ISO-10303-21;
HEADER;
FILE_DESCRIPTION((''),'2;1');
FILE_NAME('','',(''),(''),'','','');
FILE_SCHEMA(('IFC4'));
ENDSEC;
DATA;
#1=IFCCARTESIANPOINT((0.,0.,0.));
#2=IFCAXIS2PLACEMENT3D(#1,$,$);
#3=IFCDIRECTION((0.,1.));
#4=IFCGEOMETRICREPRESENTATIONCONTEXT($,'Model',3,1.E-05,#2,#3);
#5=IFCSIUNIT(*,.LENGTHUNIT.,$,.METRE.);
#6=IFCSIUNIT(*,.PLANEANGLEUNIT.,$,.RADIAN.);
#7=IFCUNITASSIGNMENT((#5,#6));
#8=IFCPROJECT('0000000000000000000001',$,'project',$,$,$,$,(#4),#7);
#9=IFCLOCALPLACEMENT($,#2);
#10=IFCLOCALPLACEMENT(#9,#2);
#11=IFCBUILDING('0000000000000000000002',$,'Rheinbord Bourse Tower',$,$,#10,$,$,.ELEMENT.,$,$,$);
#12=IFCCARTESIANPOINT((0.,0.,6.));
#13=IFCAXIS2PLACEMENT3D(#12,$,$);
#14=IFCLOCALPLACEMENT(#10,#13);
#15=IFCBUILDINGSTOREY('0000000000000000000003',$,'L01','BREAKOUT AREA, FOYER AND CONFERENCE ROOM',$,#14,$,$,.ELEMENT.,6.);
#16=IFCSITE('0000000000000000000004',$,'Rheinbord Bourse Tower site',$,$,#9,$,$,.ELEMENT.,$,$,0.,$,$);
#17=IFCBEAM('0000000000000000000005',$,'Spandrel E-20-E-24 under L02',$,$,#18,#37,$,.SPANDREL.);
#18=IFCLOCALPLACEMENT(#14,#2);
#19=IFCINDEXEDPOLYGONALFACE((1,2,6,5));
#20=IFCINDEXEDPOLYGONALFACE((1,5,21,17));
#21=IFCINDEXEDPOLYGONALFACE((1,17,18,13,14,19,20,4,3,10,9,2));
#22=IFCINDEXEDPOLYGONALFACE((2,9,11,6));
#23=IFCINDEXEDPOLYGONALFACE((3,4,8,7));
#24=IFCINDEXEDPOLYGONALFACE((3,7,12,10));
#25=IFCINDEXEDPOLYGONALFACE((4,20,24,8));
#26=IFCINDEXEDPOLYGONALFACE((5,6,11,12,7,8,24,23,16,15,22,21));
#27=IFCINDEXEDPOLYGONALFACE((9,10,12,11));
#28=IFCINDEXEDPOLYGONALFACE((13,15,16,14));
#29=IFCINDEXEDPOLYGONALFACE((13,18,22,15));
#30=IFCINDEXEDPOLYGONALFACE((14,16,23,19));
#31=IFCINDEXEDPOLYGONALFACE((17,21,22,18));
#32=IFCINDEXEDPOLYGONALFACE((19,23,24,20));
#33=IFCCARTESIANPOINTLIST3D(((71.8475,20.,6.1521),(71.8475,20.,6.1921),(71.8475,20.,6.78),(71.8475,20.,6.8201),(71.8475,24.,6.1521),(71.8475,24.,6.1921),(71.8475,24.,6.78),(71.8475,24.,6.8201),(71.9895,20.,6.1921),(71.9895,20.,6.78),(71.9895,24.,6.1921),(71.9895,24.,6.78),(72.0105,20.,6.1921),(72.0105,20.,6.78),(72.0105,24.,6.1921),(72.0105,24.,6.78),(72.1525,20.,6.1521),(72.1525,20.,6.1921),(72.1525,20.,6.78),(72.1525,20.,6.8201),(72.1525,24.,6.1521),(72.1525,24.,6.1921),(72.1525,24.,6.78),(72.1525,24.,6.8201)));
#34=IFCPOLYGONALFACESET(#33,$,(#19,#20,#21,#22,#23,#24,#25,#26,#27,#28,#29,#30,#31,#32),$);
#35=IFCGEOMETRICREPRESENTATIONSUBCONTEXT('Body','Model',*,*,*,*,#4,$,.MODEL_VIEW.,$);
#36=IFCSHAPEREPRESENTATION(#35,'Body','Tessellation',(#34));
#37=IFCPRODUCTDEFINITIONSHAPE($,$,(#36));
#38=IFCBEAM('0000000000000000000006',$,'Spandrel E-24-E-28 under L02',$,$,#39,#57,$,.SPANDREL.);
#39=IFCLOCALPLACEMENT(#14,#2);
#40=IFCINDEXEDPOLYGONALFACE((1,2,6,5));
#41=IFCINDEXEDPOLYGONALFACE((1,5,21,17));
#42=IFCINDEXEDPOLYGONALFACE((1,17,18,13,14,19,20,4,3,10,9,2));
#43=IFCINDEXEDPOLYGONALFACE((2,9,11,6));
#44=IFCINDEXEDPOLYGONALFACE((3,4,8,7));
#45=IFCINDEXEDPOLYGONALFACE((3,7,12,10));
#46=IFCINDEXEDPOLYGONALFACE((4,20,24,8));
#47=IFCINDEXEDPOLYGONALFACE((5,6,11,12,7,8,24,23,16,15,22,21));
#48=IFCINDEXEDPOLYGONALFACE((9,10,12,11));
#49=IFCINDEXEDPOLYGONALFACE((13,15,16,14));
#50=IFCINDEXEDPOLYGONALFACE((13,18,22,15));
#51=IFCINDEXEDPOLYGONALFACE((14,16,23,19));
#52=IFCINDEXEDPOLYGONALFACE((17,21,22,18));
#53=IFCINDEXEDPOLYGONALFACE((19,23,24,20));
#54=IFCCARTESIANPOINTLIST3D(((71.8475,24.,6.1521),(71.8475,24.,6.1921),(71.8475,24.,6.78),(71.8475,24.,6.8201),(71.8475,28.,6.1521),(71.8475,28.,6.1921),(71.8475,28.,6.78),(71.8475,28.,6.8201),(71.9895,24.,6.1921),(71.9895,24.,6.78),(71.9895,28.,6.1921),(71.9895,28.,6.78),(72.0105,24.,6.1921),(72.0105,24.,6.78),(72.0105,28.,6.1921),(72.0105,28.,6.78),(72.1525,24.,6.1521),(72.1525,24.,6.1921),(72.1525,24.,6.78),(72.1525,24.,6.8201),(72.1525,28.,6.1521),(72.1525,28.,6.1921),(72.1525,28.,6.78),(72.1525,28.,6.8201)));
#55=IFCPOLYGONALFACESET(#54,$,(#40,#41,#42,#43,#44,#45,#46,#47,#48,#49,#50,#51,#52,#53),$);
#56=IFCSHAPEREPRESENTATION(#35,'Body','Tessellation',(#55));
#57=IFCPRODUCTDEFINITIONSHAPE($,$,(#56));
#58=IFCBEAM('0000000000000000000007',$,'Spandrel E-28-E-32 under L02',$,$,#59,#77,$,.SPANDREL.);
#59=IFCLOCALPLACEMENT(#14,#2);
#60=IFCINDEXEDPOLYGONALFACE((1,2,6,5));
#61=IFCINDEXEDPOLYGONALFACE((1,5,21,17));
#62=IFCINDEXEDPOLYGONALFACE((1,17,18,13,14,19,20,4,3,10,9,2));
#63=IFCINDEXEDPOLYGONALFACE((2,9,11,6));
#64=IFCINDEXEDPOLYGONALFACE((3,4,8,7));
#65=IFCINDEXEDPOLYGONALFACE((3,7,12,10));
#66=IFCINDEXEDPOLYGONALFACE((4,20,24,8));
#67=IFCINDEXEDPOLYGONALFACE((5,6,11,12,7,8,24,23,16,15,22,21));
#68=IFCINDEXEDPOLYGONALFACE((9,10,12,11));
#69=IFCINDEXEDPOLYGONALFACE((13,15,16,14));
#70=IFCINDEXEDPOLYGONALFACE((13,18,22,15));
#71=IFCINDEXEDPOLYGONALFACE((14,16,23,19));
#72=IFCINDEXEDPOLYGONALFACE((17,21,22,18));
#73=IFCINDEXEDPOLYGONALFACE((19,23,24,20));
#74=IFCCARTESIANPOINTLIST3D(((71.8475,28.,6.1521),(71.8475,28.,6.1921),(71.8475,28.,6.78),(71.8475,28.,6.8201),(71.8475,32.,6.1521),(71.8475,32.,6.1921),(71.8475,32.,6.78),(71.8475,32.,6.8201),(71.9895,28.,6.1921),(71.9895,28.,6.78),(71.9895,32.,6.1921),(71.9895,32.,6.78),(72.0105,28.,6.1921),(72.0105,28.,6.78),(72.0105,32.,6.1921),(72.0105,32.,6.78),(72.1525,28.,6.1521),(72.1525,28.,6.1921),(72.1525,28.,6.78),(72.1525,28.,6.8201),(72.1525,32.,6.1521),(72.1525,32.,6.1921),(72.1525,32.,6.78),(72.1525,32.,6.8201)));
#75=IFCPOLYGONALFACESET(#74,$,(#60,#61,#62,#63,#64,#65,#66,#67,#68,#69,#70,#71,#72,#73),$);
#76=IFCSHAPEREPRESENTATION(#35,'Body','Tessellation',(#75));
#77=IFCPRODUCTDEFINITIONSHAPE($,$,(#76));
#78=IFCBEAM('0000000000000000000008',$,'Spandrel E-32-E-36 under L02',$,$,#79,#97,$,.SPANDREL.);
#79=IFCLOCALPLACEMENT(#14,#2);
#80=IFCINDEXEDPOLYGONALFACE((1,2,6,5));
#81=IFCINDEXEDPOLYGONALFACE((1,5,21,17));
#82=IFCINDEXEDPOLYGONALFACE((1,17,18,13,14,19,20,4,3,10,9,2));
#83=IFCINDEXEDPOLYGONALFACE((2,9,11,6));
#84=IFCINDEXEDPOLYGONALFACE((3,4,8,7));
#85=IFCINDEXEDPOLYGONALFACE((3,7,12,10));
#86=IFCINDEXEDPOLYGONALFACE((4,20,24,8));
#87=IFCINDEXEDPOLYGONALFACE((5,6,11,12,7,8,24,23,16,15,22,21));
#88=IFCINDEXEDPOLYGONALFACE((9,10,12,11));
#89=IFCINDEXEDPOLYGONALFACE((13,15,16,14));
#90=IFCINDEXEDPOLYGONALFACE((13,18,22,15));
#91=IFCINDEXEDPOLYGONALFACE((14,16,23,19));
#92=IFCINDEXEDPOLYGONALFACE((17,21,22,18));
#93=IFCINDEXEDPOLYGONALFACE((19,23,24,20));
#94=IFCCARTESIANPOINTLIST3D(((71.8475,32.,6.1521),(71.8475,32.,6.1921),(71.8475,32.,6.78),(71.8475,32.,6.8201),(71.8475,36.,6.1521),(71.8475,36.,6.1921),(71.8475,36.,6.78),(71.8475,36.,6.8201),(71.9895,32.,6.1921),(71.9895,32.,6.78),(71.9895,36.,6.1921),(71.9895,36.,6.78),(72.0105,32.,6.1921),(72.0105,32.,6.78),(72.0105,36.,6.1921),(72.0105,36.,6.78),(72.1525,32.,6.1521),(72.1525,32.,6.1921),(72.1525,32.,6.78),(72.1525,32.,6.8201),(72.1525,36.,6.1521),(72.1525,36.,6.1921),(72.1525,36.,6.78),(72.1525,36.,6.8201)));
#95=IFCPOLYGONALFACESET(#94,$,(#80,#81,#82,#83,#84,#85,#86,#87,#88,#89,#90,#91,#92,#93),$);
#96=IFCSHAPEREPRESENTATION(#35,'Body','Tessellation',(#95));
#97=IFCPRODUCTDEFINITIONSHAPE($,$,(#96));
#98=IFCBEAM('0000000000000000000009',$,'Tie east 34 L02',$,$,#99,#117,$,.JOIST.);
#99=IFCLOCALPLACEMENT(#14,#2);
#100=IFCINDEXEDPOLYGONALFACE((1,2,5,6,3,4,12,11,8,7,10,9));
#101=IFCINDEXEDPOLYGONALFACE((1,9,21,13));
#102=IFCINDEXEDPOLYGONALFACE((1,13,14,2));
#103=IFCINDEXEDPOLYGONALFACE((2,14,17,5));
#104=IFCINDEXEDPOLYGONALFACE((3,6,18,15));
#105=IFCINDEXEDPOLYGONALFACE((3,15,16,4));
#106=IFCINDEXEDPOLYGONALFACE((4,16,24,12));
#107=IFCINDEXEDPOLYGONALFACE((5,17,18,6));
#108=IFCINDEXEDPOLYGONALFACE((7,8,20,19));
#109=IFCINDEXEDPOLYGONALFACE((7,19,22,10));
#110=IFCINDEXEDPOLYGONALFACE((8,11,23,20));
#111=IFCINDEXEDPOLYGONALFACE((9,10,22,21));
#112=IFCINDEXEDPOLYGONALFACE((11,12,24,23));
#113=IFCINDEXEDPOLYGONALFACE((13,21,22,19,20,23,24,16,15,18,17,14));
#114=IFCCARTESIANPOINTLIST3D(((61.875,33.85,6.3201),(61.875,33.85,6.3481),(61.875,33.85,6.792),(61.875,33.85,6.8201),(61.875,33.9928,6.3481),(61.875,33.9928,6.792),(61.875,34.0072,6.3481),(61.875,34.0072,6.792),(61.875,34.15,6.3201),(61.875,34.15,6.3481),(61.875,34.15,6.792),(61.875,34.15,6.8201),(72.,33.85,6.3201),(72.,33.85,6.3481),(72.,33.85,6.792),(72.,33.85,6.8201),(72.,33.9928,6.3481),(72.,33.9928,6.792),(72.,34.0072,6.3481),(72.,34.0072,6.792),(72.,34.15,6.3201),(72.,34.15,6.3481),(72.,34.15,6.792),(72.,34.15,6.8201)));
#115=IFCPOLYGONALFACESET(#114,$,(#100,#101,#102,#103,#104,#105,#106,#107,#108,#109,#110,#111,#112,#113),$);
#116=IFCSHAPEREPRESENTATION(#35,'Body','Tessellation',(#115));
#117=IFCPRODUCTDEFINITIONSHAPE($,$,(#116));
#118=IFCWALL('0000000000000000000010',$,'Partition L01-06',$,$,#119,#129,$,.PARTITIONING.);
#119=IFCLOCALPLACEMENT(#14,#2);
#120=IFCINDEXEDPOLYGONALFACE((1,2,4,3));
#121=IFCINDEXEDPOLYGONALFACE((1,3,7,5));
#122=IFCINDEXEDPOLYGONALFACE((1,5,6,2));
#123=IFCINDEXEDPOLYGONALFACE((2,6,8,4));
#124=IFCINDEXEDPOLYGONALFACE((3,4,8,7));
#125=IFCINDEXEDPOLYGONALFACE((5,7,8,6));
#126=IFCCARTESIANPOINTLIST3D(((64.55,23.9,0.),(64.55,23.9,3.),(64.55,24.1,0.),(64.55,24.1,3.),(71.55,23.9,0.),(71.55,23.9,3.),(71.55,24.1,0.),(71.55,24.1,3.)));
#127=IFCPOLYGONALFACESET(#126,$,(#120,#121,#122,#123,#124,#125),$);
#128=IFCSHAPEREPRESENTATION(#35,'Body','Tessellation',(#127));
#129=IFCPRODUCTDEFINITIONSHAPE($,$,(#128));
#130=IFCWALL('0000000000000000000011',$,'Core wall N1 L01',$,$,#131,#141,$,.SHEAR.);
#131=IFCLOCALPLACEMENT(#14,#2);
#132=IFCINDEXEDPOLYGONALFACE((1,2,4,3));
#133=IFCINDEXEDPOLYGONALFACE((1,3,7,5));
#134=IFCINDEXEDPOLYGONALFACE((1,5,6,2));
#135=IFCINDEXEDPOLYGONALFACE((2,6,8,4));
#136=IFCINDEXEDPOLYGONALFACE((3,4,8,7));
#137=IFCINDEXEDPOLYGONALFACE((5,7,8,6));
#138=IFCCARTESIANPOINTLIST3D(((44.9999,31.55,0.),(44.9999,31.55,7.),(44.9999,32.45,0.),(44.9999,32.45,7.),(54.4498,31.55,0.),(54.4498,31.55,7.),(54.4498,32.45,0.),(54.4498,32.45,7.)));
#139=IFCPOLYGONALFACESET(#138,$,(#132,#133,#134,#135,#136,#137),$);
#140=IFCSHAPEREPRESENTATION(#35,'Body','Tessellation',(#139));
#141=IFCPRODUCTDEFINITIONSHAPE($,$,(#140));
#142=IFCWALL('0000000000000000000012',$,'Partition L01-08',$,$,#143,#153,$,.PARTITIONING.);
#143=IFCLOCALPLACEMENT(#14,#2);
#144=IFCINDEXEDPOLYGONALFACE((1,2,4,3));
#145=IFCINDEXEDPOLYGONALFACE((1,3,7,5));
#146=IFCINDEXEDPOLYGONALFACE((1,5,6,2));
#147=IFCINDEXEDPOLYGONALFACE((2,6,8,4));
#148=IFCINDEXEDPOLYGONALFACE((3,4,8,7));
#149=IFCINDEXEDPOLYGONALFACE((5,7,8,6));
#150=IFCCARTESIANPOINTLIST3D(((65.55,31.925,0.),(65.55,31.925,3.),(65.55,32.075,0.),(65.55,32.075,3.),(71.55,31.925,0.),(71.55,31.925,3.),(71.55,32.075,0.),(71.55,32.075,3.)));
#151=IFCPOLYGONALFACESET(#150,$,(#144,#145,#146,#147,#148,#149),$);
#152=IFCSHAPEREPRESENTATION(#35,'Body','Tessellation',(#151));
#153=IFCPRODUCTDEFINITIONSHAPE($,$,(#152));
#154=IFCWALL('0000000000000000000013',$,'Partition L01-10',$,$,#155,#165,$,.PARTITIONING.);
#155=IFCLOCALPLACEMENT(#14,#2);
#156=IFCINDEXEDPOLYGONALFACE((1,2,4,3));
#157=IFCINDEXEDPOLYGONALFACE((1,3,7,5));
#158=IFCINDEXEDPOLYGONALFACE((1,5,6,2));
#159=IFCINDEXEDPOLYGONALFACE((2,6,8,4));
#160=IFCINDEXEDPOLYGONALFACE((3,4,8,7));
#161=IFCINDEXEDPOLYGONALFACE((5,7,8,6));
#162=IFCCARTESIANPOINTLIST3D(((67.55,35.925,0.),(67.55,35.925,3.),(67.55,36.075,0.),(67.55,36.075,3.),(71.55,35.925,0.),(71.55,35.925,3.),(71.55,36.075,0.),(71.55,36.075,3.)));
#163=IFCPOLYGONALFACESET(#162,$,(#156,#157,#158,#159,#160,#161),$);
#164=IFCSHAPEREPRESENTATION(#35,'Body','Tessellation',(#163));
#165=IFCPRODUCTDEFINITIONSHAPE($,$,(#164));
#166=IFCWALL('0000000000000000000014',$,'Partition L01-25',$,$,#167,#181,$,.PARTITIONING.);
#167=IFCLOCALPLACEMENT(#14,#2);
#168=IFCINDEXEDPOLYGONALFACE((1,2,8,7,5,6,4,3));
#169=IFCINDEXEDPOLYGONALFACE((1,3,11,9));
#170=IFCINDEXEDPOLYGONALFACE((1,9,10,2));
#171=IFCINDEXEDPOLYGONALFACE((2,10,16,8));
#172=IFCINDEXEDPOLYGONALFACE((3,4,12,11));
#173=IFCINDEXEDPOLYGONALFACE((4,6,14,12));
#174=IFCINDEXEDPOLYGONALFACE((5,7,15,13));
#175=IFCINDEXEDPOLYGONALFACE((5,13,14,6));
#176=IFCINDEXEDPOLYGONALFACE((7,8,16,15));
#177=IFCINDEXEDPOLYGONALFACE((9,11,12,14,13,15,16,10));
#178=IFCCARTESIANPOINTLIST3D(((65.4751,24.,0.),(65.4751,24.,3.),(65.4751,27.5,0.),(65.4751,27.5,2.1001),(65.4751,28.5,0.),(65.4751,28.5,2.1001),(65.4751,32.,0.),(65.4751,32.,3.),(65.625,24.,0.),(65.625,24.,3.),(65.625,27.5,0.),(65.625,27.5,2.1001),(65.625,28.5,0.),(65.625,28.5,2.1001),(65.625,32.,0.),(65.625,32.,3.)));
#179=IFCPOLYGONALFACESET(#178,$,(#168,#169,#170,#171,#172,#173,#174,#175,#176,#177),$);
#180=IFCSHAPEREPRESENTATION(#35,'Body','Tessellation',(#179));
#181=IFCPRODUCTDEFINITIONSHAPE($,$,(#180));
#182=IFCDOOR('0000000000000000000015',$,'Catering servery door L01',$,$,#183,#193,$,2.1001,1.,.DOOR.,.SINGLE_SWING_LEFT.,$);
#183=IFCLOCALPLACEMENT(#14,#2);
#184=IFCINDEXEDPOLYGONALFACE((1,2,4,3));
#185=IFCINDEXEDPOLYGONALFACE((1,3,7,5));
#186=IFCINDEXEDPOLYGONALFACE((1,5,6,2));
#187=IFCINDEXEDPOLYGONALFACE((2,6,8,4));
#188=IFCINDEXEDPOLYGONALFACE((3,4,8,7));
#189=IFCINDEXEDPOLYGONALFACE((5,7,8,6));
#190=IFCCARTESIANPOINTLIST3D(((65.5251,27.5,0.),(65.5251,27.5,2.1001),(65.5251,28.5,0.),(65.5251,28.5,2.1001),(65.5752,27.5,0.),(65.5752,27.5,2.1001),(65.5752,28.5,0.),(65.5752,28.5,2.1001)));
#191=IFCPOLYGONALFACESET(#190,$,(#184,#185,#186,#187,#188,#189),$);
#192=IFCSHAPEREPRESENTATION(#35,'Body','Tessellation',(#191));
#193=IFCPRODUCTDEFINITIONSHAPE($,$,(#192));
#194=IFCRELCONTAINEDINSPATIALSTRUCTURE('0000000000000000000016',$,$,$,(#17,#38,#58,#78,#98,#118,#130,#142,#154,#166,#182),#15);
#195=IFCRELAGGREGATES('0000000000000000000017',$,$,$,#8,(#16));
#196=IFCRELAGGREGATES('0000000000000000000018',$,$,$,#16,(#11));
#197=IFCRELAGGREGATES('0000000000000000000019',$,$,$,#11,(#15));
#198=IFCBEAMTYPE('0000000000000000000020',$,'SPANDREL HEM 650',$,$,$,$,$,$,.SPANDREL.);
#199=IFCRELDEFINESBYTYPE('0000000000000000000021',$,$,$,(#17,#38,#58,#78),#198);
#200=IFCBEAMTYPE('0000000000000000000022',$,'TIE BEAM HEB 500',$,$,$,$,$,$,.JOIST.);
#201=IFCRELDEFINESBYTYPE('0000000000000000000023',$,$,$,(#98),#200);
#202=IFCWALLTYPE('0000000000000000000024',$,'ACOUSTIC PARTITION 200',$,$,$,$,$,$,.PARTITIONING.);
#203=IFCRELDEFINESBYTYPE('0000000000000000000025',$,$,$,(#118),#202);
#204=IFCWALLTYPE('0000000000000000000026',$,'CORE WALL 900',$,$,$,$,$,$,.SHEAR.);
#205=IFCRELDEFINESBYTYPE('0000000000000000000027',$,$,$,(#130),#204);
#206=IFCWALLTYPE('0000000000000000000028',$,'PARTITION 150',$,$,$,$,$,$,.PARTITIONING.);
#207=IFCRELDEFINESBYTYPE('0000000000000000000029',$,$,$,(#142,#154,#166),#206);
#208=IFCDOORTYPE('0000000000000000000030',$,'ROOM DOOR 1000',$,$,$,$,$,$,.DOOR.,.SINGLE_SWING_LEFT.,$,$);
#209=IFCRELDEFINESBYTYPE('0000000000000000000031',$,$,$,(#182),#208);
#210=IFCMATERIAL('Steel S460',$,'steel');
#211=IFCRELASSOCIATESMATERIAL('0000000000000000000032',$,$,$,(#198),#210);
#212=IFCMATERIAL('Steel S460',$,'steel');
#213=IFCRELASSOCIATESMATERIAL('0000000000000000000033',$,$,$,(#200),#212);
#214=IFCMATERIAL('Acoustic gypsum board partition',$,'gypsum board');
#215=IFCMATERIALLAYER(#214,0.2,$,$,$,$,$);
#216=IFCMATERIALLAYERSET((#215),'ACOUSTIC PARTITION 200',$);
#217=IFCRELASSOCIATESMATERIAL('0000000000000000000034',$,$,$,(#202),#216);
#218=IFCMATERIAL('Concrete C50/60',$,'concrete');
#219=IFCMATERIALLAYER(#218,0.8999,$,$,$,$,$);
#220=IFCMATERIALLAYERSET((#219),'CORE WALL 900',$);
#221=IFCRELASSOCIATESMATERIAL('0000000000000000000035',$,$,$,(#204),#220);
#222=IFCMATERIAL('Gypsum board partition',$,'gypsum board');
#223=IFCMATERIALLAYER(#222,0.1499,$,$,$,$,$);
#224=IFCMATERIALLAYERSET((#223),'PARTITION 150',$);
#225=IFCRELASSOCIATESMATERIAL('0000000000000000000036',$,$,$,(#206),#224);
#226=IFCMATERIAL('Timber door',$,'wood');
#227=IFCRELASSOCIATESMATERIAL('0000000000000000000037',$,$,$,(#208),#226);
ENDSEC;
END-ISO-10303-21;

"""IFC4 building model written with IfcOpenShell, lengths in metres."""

from ifc_helpers import new_model, si_unit, direction, frame, frame_2d, origin, origin_2d, place, context, subcontext, project, spatial, rectangle, i_section, extrude, material, layer, layer_set, material_profile, profile_set, type_object, element, fill, save


model = new_model("IFC4")

# Units and contexts
model_context = context("Model", 3, precision=1e-05, world=origin(), true_north=direction((0.0, 1.0)))
body_context = subcontext(model_context, "Body", "Model", "MODEL_VIEW")
ifc_project = project(units=[si_unit("LENGTHUNIT", "METRE"), si_unit("PLANEANGLEUNIT", "RADIAN")], contexts=[model_context])

# Site, building, storey
site_placement = place(None, origin())
site = spatial("IfcSite", under=ifc_project, at=site_placement, Name="Rheinbord Bourse Tower site", CompositionType="ELEMENT", RefElevation=0.0)
building_placement = place(site_placement, origin())
building = spatial("IfcBuilding", under=site, at=building_placement, Name="Rheinbord Bourse Tower", CompositionType="ELEMENT")
storey_placement = place(building_placement, frame((0.0, 0.0, 6.0)))
storey = spatial("IfcBuildingStorey", under=building, at=storey_placement, Name="L01", Description="BREAKOUT AREA, FOYER AND CONFERENCE ROOM", CompositionType="ELEMENT", Elevation=6.0)

# Beams
ifc_material_1 = material(Name="Steel S460", Category="steel")
ifc_material_profile_1 = material_profile(ifc_material_1, i_section(OverallWidth=0.3049, OverallDepth=0.668, WebThickness=0.021, FlangeThickness=0.04, at=origin_2d()), Name="HEM 650")
ifc_profile_set_1 = profile_set([ifc_material_profile_1], Name="Steel S460")
beam_type_1 = type_object("IfcBeamType", Name="SPANDREL HEM 650", PredefinedType="SPANDREL", material=ifc_profile_set_1)
for number, where, z_axis, x_axis, name in (
    (1, (72.0, 20.0, 6.4861), (0.0, 1.0, 0.0), (-1.0, 0.0, 0.0), "Spandrel E-20-E-24 under L02"),
    (2, (72.0, 24.0, 6.4861), (0.0, 1.0, 0.0), (-1.0, 0.0, 0.0), "Spandrel E-24-E-28 under L02"),
    (3, (72.0, 28.0, 6.4861), (0.0, 1.0, 0.0), (-1.0, 0.0, 0.0), "Spandrel E-28-E-32 under L02"),
    (4, (72.0, 32.0, 6.4861), (0.0, 1.0, 0.0), (-1.0, 0.0, 0.0), "Spandrel E-32-E-36 under L02"),
):
    element("IfcBeam", number, at=place(storey_placement, frame(where, z_axis=z_axis, x_axis=x_axis)), inside=storey, type_object=beam_type_1, Name=name, PredefinedType="SPANDREL", context=body_context, shape_type="SweptSolid", body=[
        extrude(i_section(OverallWidth=0.3049, OverallDepth=0.668, WebThickness=0.021, FlangeThickness=0.04, at=origin_2d()), origin(), (0.0, 0.0, 1.0), 4.0),
    ])
ifc_material_2 = material(Name="Steel S460", Category="steel")
ifc_material_profile_2 = material_profile(ifc_material_2, i_section(OverallWidth=0.3, OverallDepth=0.5, WebThickness=0.0144, FlangeThickness=0.0281, at=origin_2d()), Name="HEB 500")
ifc_profile_set_2 = profile_set([ifc_material_profile_2], Name="Steel S460")
beam_type_2 = type_object("IfcBeamType", Name="TIE BEAM HEB 500", PredefinedType="JOIST", material=ifc_profile_set_2)
beam_1_placement = place(storey_placement, frame((61.875, 34.0, 6.5701), z_axis=(1.0, 0.0, 0.0), x_axis=(0.0, 1.0, 0.0)))
element("IfcBeam", 5, at=beam_1_placement, inside=storey, type_object=beam_type_2, Name="Tie east 34 L02", PredefinedType="JOIST", context=body_context, shape_type="SweptSolid", body=[
    extrude(i_section(OverallWidth=0.3, OverallDepth=0.5, WebThickness=0.0144, FlangeThickness=0.0281, at=origin_2d()), origin(), (0.0, 0.0, 1.0), 10.125),
])

# Walls
ifc_material_3 = material(Name="Acoustic gypsum board partition", Category="gypsum board")
ifc_layer_1 = layer(ifc_material_3, 0.2)
ifc_layer_set_1 = layer_set([ifc_layer_1], Name="ACOUSTIC PARTITION 200")
wall_type_1 = type_object("IfcWallType", Name="ACOUSTIC PARTITION 200", PredefinedType="PARTITIONING", material=ifc_layer_set_1)
wall_1_placement = place(storey_placement, frame((64.55, 24.0, 0.0), z_axis=(0.0, 0.0, 1.0), x_axis=(1.0, 0.0, 0.0)))
element("IfcWall", 6, at=wall_1_placement, inside=storey, type_object=wall_type_1, Name="Partition L01-06", PredefinedType="PARTITIONING", context=body_context, shape_type="SweptSolid", body=[
    extrude(rectangle(XDim=7.0, YDim=0.2, at=frame_2d((3.5, 0.0))), origin(), (0.0, 0.0, 1.0), 3.0),
])
ifc_material_4 = material(Name="Concrete C50/60", Category="concrete")
ifc_layer_2 = layer(ifc_material_4, 0.8999)
ifc_layer_set_2 = layer_set([ifc_layer_2], Name="CORE WALL 900")
wall_type_2 = type_object("IfcWallType", Name="CORE WALL 900", PredefinedType="SHEAR", material=ifc_layer_set_2)
wall_2_placement = place(storey_placement, frame((54.45, 32.0, 0.0), z_axis=(0.0, 0.0, 1.0), x_axis=(-1.0, 0.0, 0.0)))
element("IfcWall", 7, at=wall_2_placement, inside=storey, type_object=wall_type_2, Name="Core wall N1 L01", PredefinedType="SHEAR", context=body_context, shape_type="SweptSolid", body=[
    extrude(rectangle(XDim=9.45, YDim=0.8999, at=frame_2d((4.7251, 0.0))), origin(), (0.0, 0.0, 1.0), 7.0),
])
ifc_material_5 = material(Name="Gypsum board partition", Category="gypsum board")
ifc_layer_3 = layer(ifc_material_5, 0.1499)
ifc_layer_set_3 = layer_set([ifc_layer_3], Name="PARTITION 150")
wall_type_3 = type_object("IfcWallType", Name="PARTITION 150", PredefinedType="PARTITIONING", material=ifc_layer_set_3)
wall_3_placement = place(storey_placement, frame((65.55, 32.0, 0.0), z_axis=(0.0, 0.0, 1.0), x_axis=(1.0, 0.0, 0.0)))
element("IfcWall", 8, at=wall_3_placement, inside=storey, type_object=wall_type_3, Name="Partition L01-08", PredefinedType="PARTITIONING", context=body_context, shape_type="SweptSolid", body=[
    extrude(rectangle(XDim=6.0, YDim=0.1499, at=frame_2d((3.0, 0.0))), origin(), (0.0, 0.0, 1.0), 3.0),
])
wall_4_placement = place(storey_placement, frame((67.55, 36.0, 0.0), z_axis=(0.0, 0.0, 1.0), x_axis=(1.0, 0.0, 0.0)))
element("IfcWall", 9, at=wall_4_placement, inside=storey, type_object=wall_type_3, Name="Partition L01-10", PredefinedType="PARTITIONING", context=body_context, shape_type="SweptSolid", body=[
    extrude(rectangle(XDim=4.0, YDim=0.1499, at=frame_2d((2.0, 0.0))), origin(), (0.0, 0.0, 1.0), 3.0),
])

# Wall, opening, door
wall_5_placement = place(storey_placement, frame((65.55, 24.0, 0.0), z_axis=(0.0, 0.0, 1.0), x_axis=(0.0, 1.0, 0.0)))
wall_5 = element("IfcWall", 10, at=wall_5_placement, inside=storey, type_object=wall_type_3, Name="Partition L01-25", PredefinedType="PARTITIONING", context=body_context, shape_type="SweptSolid", body=[
    extrude(rectangle(XDim=8.0, YDim=0.1499, at=frame_2d((4.0, 0.0))), origin(), (0.0, 0.0, 1.0), 3.0),
])
opening_1_placement = place(wall_5_placement, frame((3.5, 0.0, 0.0)))
opening_1 = element("IfcOpeningElement", 11, at=opening_1_placement, cuts=wall_5, PredefinedType="OPENING", context=body_context, shape_type="SweptSolid", body=[
    extrude(rectangle(XDim=1.0, YDim=2.1001, at=frame_2d((0.5, 1.05))), frame((0.0, 0.085, 0.0), z_axis=(0.0, -1.0, 0.0), x_axis=(1.0, 0.0, 0.0)), (0.0, 0.0, 1.0), 0.1699),
])
ifc_material_6 = material(Name="Timber door", Category="wood")
door_type = type_object("IfcDoorType", Name="ROOM DOOR 1000", OperationType="SINGLE_SWING_LEFT", PredefinedType="DOOR", material=ifc_material_6)
door_1_placement = place(opening_1_placement, origin())
door_1 = element("IfcDoor", 12, at=door_1_placement, inside=storey, type_object=door_type, Name="Catering servery door L01", OperationType="SINGLE_SWING_LEFT", OverallHeight=2.1001, OverallWidth=1.0, PredefinedType="DOOR", context=body_context, shape_type="SweptSolid", body=[
    extrude(rectangle(XDim=1.0, YDim=2.1001, at=frame_2d((0.5, 1.05))), frame((0.0, 0.0249, 0.0), z_axis=(0.0, -1.0, 0.0), x_axis=(1.0, 0.0, 0.0)), (0.0, 0.0, 1.0), 0.05),
])
fill(opening_1, door_1)

save(model, "model.ifc")
